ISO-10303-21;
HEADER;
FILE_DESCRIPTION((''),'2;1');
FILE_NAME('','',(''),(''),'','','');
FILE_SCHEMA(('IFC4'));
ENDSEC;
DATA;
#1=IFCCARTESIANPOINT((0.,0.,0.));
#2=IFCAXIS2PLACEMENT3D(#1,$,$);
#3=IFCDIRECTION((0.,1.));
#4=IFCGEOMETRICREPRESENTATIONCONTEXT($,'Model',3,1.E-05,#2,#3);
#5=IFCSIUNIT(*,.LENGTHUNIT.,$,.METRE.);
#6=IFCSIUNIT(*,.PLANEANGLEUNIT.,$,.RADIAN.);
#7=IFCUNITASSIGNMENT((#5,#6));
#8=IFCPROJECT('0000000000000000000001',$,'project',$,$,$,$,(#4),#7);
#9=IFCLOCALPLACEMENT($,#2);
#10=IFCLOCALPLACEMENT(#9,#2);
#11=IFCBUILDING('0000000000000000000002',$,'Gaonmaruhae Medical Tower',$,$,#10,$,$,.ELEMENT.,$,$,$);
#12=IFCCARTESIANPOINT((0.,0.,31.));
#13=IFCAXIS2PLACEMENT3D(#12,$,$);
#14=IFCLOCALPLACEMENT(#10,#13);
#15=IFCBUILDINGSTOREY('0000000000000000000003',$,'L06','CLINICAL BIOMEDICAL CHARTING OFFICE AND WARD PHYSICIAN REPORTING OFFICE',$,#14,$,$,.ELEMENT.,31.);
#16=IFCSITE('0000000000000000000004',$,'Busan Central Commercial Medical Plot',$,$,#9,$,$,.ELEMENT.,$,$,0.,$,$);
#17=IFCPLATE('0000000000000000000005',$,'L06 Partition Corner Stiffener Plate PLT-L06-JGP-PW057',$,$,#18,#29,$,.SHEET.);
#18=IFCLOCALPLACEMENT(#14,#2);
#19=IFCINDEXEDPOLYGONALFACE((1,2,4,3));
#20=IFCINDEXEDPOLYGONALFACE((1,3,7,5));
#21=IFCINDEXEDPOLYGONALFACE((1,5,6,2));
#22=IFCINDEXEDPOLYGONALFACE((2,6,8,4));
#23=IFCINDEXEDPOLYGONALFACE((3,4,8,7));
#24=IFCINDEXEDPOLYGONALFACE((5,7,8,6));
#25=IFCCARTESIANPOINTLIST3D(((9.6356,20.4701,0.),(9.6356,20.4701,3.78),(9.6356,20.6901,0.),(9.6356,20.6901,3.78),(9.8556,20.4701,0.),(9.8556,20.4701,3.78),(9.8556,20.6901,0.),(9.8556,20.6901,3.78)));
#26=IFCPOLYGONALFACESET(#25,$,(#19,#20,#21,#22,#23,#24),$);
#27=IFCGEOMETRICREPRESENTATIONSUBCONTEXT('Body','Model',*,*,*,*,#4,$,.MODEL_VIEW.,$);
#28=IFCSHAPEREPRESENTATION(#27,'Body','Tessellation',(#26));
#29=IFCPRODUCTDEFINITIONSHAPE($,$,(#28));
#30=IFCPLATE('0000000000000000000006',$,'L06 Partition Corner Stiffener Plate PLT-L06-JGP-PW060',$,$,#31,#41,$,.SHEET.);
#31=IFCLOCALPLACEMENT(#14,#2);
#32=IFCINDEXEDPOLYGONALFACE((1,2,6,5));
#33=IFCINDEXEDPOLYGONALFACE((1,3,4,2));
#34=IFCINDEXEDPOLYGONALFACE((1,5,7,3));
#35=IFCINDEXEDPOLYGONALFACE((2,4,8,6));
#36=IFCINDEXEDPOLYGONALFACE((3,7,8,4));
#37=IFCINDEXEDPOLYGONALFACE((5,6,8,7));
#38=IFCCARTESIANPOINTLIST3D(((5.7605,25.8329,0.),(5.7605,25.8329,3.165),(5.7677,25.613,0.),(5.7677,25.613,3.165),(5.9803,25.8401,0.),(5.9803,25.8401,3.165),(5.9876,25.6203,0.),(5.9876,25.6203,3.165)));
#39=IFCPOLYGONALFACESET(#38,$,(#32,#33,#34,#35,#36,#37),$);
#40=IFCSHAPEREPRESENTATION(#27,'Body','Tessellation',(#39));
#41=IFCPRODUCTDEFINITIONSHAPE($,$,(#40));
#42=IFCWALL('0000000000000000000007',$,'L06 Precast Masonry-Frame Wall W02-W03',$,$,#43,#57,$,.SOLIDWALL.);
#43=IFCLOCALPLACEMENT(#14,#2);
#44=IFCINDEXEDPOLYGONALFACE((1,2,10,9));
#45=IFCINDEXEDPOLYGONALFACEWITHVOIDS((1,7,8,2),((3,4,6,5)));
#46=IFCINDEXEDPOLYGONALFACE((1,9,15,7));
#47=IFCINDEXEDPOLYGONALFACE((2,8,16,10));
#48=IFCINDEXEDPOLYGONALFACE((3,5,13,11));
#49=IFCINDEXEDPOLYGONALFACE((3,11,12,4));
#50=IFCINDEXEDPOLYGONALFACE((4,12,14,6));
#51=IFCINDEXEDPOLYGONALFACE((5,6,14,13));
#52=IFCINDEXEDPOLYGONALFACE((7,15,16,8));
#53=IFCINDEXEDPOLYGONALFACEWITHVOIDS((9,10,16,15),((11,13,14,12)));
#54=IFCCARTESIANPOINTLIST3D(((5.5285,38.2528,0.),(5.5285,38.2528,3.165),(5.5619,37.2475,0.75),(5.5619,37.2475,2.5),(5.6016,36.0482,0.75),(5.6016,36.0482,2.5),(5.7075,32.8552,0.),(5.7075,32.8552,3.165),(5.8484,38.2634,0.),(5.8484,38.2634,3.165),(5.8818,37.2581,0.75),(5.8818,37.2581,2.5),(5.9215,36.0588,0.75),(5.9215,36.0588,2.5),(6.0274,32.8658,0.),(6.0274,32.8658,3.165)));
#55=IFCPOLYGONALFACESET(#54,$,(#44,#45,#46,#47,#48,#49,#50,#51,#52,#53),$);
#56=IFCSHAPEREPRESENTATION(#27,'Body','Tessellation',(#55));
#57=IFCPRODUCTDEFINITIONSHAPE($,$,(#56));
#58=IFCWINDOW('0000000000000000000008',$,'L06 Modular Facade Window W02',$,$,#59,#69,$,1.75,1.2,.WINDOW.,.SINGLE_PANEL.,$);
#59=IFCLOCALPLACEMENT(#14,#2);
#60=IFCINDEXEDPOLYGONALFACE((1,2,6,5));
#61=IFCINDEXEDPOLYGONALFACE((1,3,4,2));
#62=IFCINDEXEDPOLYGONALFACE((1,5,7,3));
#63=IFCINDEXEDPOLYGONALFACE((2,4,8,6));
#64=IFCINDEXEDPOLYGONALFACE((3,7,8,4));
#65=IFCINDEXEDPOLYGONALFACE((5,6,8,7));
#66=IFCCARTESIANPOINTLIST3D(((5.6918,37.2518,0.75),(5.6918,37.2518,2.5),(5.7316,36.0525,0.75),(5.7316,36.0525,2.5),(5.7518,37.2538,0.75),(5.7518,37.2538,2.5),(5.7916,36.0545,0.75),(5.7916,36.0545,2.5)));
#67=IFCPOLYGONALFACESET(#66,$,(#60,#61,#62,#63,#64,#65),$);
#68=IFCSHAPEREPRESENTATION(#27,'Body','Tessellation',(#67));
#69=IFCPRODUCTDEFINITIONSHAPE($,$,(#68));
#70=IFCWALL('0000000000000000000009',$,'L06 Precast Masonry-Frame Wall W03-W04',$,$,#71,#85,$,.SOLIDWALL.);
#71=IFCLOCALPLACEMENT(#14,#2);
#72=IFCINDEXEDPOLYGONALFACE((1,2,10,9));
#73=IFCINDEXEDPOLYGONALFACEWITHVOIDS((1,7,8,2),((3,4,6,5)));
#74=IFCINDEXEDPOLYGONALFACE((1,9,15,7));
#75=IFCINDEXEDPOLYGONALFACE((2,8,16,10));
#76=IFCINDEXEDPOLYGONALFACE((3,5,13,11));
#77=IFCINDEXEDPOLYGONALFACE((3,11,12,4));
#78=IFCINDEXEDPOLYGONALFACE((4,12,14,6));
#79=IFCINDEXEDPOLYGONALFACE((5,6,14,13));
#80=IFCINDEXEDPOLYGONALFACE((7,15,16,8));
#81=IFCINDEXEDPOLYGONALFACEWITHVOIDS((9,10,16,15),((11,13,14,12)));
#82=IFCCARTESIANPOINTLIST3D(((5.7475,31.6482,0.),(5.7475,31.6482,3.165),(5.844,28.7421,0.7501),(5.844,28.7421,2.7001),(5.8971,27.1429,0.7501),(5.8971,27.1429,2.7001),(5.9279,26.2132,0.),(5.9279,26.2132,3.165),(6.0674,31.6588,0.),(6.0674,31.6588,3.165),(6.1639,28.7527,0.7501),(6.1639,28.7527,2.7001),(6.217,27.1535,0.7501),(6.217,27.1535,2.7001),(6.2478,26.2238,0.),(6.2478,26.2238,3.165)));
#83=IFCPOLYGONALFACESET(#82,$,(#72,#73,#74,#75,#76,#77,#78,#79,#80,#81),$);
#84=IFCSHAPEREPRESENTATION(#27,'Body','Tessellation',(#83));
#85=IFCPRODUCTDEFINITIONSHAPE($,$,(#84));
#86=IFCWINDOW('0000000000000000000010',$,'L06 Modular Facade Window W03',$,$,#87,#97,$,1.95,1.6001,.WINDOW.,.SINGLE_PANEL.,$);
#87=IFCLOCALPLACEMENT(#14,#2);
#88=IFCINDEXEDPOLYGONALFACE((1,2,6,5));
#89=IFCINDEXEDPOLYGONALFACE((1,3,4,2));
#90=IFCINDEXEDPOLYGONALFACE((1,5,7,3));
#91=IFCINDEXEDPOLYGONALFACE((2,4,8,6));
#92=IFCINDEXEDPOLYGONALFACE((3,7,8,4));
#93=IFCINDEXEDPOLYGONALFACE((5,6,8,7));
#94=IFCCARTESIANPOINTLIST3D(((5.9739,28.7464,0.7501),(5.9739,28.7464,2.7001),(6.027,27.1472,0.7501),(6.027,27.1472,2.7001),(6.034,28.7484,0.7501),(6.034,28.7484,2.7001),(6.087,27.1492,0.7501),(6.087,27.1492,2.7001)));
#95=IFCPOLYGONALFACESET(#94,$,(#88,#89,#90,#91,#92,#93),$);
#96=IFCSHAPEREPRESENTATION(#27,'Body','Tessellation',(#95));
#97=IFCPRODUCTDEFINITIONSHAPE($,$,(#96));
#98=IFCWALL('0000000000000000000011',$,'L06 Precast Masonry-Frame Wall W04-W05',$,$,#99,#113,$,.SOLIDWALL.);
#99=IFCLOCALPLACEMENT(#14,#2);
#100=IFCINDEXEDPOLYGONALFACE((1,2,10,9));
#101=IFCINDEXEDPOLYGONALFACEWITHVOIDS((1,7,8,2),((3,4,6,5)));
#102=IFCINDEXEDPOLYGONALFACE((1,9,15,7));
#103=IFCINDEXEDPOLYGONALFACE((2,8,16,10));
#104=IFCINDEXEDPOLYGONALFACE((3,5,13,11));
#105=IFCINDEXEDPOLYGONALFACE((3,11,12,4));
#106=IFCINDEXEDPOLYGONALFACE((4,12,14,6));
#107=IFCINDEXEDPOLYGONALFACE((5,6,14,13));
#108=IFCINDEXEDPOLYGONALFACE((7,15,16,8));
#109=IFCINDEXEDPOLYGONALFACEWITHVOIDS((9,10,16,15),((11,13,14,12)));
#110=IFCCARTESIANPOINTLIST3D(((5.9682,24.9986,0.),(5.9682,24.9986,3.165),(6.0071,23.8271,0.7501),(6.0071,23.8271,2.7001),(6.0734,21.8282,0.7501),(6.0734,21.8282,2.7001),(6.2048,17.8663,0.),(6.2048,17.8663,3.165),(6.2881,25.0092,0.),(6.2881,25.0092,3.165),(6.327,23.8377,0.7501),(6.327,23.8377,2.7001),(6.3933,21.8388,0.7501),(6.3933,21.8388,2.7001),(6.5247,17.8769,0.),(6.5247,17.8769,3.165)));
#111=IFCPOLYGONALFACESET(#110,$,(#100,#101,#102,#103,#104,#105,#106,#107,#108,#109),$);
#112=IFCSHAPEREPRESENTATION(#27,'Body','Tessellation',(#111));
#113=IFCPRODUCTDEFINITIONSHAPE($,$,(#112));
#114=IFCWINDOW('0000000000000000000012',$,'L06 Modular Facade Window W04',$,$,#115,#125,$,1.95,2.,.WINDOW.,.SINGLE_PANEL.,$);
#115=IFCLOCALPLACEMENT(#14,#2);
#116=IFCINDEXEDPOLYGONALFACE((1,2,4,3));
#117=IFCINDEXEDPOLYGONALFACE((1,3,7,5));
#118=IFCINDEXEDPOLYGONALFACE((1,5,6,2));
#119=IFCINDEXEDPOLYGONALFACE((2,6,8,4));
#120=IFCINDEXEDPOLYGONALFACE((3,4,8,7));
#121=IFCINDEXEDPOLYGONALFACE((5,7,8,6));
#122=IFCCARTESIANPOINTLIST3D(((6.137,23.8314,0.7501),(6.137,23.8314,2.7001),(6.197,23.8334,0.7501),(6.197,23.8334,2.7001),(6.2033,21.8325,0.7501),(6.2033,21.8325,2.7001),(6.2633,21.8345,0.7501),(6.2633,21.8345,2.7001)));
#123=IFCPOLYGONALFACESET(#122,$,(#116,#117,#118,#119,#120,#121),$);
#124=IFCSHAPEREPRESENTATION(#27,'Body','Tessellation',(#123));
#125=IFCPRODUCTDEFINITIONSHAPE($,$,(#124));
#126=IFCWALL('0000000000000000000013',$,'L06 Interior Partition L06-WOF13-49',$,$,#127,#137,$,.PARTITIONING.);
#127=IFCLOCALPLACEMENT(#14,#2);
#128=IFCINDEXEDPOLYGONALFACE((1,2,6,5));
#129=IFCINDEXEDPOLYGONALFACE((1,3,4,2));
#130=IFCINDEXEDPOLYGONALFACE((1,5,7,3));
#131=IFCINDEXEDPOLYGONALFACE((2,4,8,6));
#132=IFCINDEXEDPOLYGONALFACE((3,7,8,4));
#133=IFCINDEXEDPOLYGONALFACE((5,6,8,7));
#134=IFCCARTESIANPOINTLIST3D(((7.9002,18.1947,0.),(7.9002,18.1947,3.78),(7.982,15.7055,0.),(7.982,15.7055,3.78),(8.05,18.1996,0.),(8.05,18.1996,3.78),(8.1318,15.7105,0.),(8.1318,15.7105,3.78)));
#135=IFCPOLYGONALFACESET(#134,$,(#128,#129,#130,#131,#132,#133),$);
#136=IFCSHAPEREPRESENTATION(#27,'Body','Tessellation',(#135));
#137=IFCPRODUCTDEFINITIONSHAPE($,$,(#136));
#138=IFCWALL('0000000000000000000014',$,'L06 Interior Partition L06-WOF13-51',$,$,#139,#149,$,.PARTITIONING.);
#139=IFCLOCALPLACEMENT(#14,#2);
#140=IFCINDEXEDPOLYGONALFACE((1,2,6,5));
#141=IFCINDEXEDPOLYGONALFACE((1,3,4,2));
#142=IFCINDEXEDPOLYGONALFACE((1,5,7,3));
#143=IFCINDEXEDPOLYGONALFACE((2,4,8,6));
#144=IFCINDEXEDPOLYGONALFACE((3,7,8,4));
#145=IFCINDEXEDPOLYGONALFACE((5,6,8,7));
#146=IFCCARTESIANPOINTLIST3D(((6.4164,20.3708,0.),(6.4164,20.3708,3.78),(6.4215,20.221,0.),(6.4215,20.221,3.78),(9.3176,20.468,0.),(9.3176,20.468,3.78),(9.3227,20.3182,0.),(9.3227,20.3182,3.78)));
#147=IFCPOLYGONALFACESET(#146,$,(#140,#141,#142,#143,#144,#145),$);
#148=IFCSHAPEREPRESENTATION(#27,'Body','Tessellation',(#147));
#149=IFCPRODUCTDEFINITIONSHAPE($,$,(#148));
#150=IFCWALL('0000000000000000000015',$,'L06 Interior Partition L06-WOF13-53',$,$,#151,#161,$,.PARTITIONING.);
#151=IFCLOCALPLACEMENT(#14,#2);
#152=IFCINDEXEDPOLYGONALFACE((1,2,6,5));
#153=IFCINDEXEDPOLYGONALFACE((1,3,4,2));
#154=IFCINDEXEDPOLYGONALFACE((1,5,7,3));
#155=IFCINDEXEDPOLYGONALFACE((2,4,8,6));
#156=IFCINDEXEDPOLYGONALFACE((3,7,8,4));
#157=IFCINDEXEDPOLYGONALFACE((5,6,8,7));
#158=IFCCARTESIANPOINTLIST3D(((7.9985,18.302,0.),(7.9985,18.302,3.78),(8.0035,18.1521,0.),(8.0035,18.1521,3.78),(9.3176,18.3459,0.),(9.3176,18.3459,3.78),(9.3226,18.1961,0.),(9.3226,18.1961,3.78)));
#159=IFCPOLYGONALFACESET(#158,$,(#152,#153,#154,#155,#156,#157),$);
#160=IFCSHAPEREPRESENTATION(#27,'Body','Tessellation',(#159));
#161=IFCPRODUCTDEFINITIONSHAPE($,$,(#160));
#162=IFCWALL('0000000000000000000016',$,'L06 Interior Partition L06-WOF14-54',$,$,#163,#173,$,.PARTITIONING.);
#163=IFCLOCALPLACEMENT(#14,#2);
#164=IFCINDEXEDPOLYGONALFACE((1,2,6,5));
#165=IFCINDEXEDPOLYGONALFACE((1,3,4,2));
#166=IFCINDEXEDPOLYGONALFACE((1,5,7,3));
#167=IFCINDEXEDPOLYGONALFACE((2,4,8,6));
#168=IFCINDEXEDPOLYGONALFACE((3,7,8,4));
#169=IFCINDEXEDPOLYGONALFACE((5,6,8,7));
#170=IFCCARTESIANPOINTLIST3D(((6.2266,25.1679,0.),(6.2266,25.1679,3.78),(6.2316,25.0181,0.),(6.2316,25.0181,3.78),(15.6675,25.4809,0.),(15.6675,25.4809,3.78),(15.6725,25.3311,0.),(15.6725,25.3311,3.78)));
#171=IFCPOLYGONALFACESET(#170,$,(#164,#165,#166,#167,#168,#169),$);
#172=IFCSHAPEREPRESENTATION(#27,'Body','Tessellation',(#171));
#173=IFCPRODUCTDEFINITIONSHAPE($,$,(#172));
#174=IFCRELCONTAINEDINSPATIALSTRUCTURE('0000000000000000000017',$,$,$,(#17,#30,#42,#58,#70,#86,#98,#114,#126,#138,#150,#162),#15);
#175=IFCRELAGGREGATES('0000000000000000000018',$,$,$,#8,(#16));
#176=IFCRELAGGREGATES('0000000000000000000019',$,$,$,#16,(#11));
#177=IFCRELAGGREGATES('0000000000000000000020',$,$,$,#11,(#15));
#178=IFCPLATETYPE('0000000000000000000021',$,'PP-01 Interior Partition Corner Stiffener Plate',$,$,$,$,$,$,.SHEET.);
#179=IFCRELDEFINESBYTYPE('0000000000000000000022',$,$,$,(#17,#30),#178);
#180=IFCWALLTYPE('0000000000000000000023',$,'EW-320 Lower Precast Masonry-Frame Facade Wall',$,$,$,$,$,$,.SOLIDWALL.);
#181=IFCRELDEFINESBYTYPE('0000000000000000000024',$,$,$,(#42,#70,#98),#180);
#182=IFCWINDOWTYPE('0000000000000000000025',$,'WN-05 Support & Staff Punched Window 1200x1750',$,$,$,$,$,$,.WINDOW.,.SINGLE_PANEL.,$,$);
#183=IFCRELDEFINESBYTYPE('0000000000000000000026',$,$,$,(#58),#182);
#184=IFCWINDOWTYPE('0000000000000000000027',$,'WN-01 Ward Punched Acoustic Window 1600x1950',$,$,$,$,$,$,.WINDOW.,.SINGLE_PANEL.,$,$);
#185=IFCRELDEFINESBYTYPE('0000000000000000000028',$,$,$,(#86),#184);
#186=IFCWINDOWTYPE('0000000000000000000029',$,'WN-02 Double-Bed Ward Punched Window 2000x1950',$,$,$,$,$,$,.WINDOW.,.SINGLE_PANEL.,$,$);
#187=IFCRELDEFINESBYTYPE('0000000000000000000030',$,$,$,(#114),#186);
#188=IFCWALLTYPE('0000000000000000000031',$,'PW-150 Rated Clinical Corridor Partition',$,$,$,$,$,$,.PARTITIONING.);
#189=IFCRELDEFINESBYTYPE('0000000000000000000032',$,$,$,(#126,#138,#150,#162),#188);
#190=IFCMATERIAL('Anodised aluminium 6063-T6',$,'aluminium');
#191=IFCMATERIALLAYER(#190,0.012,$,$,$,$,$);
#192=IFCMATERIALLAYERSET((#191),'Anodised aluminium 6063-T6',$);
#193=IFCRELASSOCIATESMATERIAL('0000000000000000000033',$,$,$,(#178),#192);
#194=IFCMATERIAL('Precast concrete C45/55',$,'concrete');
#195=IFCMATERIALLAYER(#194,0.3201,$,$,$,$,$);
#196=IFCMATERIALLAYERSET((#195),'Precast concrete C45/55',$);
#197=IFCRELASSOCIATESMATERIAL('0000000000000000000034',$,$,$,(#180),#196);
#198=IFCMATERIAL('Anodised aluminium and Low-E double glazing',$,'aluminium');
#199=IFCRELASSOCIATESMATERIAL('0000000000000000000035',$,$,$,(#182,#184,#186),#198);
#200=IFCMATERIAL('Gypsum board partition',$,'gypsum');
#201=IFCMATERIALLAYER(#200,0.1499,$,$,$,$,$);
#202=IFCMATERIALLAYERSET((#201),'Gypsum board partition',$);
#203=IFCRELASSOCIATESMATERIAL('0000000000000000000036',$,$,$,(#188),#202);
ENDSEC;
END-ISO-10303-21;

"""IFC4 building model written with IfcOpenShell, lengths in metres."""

from ifc_helpers import new_model, si_unit, direction, frame, frame_2d, origin, origin_2d, place, context, subcontext, project, spatial, rectangle, extrude, material, layer, layer_set, type_object, element, fill, save


model = new_model("IFC4")

# Units and contexts
model_context = context("Model", 3, precision=1e-05, world=origin(), true_north=direction((0.0, 1.0)))
body_context = subcontext(model_context, "Body", "Model", "MODEL_VIEW")
ifc_project = project(units=[si_unit("LENGTHUNIT", "METRE"), si_unit("PLANEANGLEUNIT", "RADIAN")], contexts=[model_context])

# Site, building, storey
site_placement = place(None, origin())
site = spatial("IfcSite", under=ifc_project, at=site_placement, Name="Busan Central Commercial Medical Plot", CompositionType="ELEMENT", RefElevation=0.0)
building_placement = place(site_placement, origin())
building = spatial("IfcBuilding", under=site, at=building_placement, Name="Gaonmaruhae Medical Tower", CompositionType="ELEMENT")
storey_placement = place(building_placement, frame((0.0, 0.0, 31.0)))
storey = spatial("IfcBuildingStorey", under=building, at=storey_placement, Name="L06", Description="CLINICAL BIOMEDICAL CHARTING OFFICE AND WARD PHYSICIAN REPORTING OFFICE", CompositionType="ELEMENT", Elevation=31.0)

# Plates
ifc_material_1 = material(Name="Anodised aluminium 6063-T6", Category="aluminium")
ifc_layer_1 = layer(ifc_material_1, 0.012)
ifc_layer_set_1 = layer_set([ifc_layer_1], Name="Anodised aluminium 6063-T6")
plate_type = type_object("IfcPlateType", Name="PP-01 Interior Partition Corner Stiffener Plate", PredefinedType="SHEET", material=ifc_layer_set_1)
plate_1_placement = place(storey_placement, frame((9.7456, 20.5801, 0.0), z_axis=(0.0, 0.0, 1.0), x_axis=(-1.0, 0.0, 0.0)))
element("IfcPlate", 1, at=plate_1_placement, inside=storey, type_object=plate_type, Name="L06 Partition Corner Stiffener Plate PLT-L06-JGP-PW057", PredefinedType="SHEET", context=body_context, shape_type="SweptSolid", body=[
    extrude(rectangle(XDim=0.22, YDim=0.22, at=origin_2d()), origin(), (0.0, 0.0, 1.0), 3.78),
])
plate_2_placement = place(storey_placement, frame((5.874, 25.7266, 0.0), z_axis=(0.0, 0.0, 1.0), x_axis=(-0.032998, 0.999455, 0.0)))
element("IfcPlate", 2, at=plate_2_placement, inside=storey, type_object=plate_type, Name="L06 Partition Corner Stiffener Plate PLT-L06-JGP-PW060", PredefinedType="SHEET", context=body_context, shape_type="SweptSolid", body=[
    extrude(rectangle(XDim=0.22, YDim=0.22, at=origin_2d()), origin(), (0.0, 0.0, 1.0), 3.165),
])

# Walls, openings, windows
ifc_material_2 = material(Name="Precast concrete C45/55", Category="concrete")
ifc_layer_2 = layer(ifc_material_2, 0.3201)
ifc_layer_set_2 = layer_set([ifc_layer_2], Name="Precast concrete C45/55")
wall_type_1 = type_object("IfcWallType", Name="EW-320 Lower Precast Masonry-Frame Facade Wall", PredefinedType="SOLIDWALL", material=ifc_layer_set_2)
wall_1_placement = place(storey_placement, frame((5.8674, 32.8606, 0.0), z_axis=(0.0, 0.0, 1.0), x_axis=(-0.033136, 0.999451, 0.0)))
wall_1 = element("IfcWall", 3, at=wall_1_placement, inside=storey, type_object=wall_type_1, Name="L06 Precast Masonry-Frame Wall W02-W03", PredefinedType="SOLIDWALL", context=body_context, shape_type="SweptSolid", body=[
    extrude(rectangle(XDim=5.4006, YDim=0.3201, at=frame_2d((2.7002, 0.0))), origin(), (0.0, 0.0, 1.0), 3.165),
])
opening_1_placement = place(wall_1_placement, frame((3.1946, 0.0, 0.75)))
opening_1 = element("IfcOpeningElement", 4, at=opening_1_placement, cuts=wall_1, PredefinedType="OPENING", context=body_context, shape_type="SweptSolid", body=[
    extrude(rectangle(XDim=1.2, YDim=1.75, at=frame_2d((0.6001, 0.875))), frame((0.0, 0.1699, 0.0), z_axis=(0.0, -1.0, 0.0), x_axis=(1.0, 0.0, 0.0)), (0.0, 0.0, 1.0), 0.3401),
])
ifc_material_3 = material(Name="Anodised aluminium and Low-E double glazing", Category="aluminium")
window_type_1 = type_object("IfcWindowType", Name="WN-05 Support & Staff Punched Window 1200x1750", PartitioningType="SINGLE_PANEL", PredefinedType="WINDOW", material=ifc_material_3)
window_1_placement = place(opening_1_placement, origin())
window_1 = element("IfcWindow", 5, at=window_1_placement, inside=storey, type_object=window_type_1, Name="L06 Modular Facade Window W02", OverallHeight=1.75, OverallWidth=1.2, PartitioningType="SINGLE_PANEL", PredefinedType="WINDOW", context=body_context, shape_type="SweptSolid", body=[
    extrude(rectangle(XDim=1.2, YDim=1.75, at=frame_2d((0.6001, 0.875))), frame((0.0, 0.03, 0.0), z_axis=(0.0, -1.0, 0.0), x_axis=(1.0, 0.0, 0.0)), (0.0, 0.0, 1.0), 0.0601),
])
fill(opening_1, window_1)
wall_2_placement = place(storey_placement, frame((6.0879, 26.2185, 0.0), z_axis=(0.0, 0.0, 1.0), x_axis=(-0.033177, 0.999449, 0.0)))
wall_2 = element("IfcWall", 6, at=wall_2_placement, inside=storey, type_object=wall_type_1, Name="L06 Precast Masonry-Frame Wall W03-W04", PredefinedType="SOLIDWALL", context=body_context, shape_type="SweptSolid", body=[
    extrude(rectangle(XDim=5.438, YDim=0.3201, at=frame_2d((2.719, 0.0))), origin(), (0.0, 0.0, 1.0), 3.165),
])
opening_2_placement = place(wall_2_placement, frame((0.9302, 0.0, 0.75)))
opening_2 = element("IfcOpeningElement", 7, at=opening_2_placement, cuts=wall_2, PredefinedType="OPENING", context=body_context, shape_type="SweptSolid", body=[
    extrude(rectangle(XDim=1.6001, YDim=1.95, at=frame_2d((0.8, 0.9751))), frame((0.0, 0.1699, 0.0), z_axis=(0.0, -1.0, 0.0), x_axis=(1.0, 0.0, 0.0)), (0.0, 0.0, 1.0), 0.3401),
])
window_type_2 = type_object("IfcWindowType", Name="WN-01 Ward Punched Acoustic Window 1600x1950", PartitioningType="SINGLE_PANEL", PredefinedType="WINDOW", material=ifc_material_3)
window_2_placement = place(opening_2_placement, origin())
window_2 = element("IfcWindow", 8, at=window_2_placement, inside=storey, type_object=window_type_2, Name="L06 Modular Facade Window W03", OverallHeight=1.95, OverallWidth=1.6001, PartitioningType="SINGLE_PANEL", PredefinedType="WINDOW", context=body_context, shape_type="SweptSolid", body=[
    extrude(rectangle(XDim=1.6001, YDim=1.95, at=frame_2d((0.8, 0.9751))), frame((0.0, 0.03, 0.0), z_axis=(0.0, -1.0, 0.0), x_axis=(1.0, 0.0, 0.0)), (0.0, 0.0, 1.0), 0.0601),
])
fill(opening_2, window_2)
wall_3_placement = place(storey_placement, frame((6.3647, 17.8716, 0.0), z_axis=(0.0, 0.0, 1.0), x_axis=(-0.033151, 0.99945, 0.0)))
wall_3 = element("IfcWall", 9, at=wall_3_placement, inside=storey, type_object=wall_type_1, Name="L06 Precast Masonry-Frame Wall W04-W05", PredefinedType="SOLIDWALL", context=body_context, shape_type="SweptSolid", body=[
    extrude(rectangle(XDim=7.1362, YDim=0.3201, at=frame_2d((3.5681, 0.0))), origin(), (0.0, 0.0, 1.0), 3.165),
])
opening_3_placement = place(wall_3_placement, frame((3.9641, 0.0, 0.75)))
opening_3 = element("IfcOpeningElement", 10, at=opening_3_placement, cuts=wall_3, PredefinedType="OPENING", context=body_context, shape_type="SweptSolid", body=[
    extrude(rectangle(XDim=2.0, YDim=1.95, at=frame_2d((1.0, 0.9751))), frame((0.0, 0.1699, 0.0), z_axis=(0.0, -1.0, 0.0), x_axis=(1.0, 0.0, 0.0)), (0.0, 0.0, 1.0), 0.3401),
])
window_type_3 = type_object("IfcWindowType", Name="WN-02 Double-Bed Ward Punched Window 2000x1950", PartitioningType="SINGLE_PANEL", PredefinedType="WINDOW", material=ifc_material_3)
window_3_placement = place(opening_3_placement, origin())
window_3 = element("IfcWindow", 11, at=window_3_placement, inside=storey, type_object=window_type_3, Name="L06 Modular Facade Window W04", OverallHeight=1.95, OverallWidth=2.0, PartitioningType="SINGLE_PANEL", PredefinedType="WINDOW", context=body_context, shape_type="SweptSolid", body=[
    extrude(rectangle(XDim=2.0, YDim=1.95, at=frame_2d((1.0, 0.9751))), frame((0.0, 0.03, 0.0), z_axis=(0.0, -1.0, 0.0), x_axis=(1.0, 0.0, 0.0)), (0.0, 0.0, 1.0), 0.0601),
])
fill(opening_3, window_3)

# Walls
ifc_material_4 = material(Name="Gypsum board partition", Category="gypsum")
ifc_layer_3 = layer(ifc_material_4, 0.1499)
ifc_layer_set_3 = layer_set([ifc_layer_3], Name="Gypsum board partition")
wall_type_2 = type_object("IfcWallType", Name="PW-150 Rated Clinical Corridor Partition", PredefinedType="PARTITIONING", material=ifc_layer_set_3)
wall_4_placement = place(storey_placement, frame((7.9751, 18.197, 0.0), z_axis=(0.0, 0.0, 1.0), x_axis=(0.032842, -0.999461, 0.0)))
element("IfcWall", 12, at=wall_4_placement, inside=storey, type_object=wall_type_2, Name="L06 Interior Partition L06-WOF13-49", PredefinedType="PARTITIONING", context=body_context, shape_type="SweptSolid", body=[
    extrude(rectangle(XDim=2.4905, YDim=0.1499, at=frame_2d((1.2451, 0.0))), origin(), (0.0, 0.0, 1.0), 3.78),
])
wall_5_placement = place(storey_placement, frame((6.4189, 20.2959, 0.0), z_axis=(0.0, 0.0, 1.0), x_axis=(0.99944, 0.033474, 0.0)))
element("IfcWall", 13, at=wall_5_placement, inside=storey, type_object=wall_type_2, Name="L06 Interior Partition L06-WOF13-51", PredefinedType="PARTITIONING", context=body_context, shape_type="SweptSolid", body=[
    extrude(rectangle(XDim=2.9028, YDim=0.1499, at=frame_2d((1.4514, 0.0))), origin(), (0.0, 0.0, 1.0), 3.78),
])

# Walls
wall_6_placement = place(storey_placement, frame((9.3201, 18.271, 0.0), z_axis=(0.0, 0.0, 1.0), x_axis=(-0.999446, -0.033296, 0.0)))
element("IfcWall", 14, at=wall_6_placement, inside=storey, type_object=wall_type_2, Name="L06 Interior Partition L06-WOF13-53", PredefinedType="PARTITIONING", context=body_context, shape_type="SweptSolid", body=[
    extrude(rectangle(XDim=1.3198, YDim=0.1499, at=frame_2d((0.6599, 0.0))), origin(), (0.0, 0.0, 1.0), 3.78),
])
wall_7_placement = place(storey_placement, frame((6.229, 25.093, 0.0), z_axis=(0.0, 0.0, 1.0), x_axis=(0.999451, 0.033134, 0.0)))
element("IfcWall", 15, at=wall_7_placement, inside=storey, type_object=wall_type_2, Name="L06 Interior Partition L06-WOF14-54", PredefinedType="PARTITIONING", context=body_context, shape_type="SweptSolid", body=[
    extrude(rectangle(XDim=9.446, YDim=0.1499, at=frame_2d((4.7231, 0.0))), origin(), (0.0, 0.0, 1.0), 3.78),
])

save(model, "model.ifc")
